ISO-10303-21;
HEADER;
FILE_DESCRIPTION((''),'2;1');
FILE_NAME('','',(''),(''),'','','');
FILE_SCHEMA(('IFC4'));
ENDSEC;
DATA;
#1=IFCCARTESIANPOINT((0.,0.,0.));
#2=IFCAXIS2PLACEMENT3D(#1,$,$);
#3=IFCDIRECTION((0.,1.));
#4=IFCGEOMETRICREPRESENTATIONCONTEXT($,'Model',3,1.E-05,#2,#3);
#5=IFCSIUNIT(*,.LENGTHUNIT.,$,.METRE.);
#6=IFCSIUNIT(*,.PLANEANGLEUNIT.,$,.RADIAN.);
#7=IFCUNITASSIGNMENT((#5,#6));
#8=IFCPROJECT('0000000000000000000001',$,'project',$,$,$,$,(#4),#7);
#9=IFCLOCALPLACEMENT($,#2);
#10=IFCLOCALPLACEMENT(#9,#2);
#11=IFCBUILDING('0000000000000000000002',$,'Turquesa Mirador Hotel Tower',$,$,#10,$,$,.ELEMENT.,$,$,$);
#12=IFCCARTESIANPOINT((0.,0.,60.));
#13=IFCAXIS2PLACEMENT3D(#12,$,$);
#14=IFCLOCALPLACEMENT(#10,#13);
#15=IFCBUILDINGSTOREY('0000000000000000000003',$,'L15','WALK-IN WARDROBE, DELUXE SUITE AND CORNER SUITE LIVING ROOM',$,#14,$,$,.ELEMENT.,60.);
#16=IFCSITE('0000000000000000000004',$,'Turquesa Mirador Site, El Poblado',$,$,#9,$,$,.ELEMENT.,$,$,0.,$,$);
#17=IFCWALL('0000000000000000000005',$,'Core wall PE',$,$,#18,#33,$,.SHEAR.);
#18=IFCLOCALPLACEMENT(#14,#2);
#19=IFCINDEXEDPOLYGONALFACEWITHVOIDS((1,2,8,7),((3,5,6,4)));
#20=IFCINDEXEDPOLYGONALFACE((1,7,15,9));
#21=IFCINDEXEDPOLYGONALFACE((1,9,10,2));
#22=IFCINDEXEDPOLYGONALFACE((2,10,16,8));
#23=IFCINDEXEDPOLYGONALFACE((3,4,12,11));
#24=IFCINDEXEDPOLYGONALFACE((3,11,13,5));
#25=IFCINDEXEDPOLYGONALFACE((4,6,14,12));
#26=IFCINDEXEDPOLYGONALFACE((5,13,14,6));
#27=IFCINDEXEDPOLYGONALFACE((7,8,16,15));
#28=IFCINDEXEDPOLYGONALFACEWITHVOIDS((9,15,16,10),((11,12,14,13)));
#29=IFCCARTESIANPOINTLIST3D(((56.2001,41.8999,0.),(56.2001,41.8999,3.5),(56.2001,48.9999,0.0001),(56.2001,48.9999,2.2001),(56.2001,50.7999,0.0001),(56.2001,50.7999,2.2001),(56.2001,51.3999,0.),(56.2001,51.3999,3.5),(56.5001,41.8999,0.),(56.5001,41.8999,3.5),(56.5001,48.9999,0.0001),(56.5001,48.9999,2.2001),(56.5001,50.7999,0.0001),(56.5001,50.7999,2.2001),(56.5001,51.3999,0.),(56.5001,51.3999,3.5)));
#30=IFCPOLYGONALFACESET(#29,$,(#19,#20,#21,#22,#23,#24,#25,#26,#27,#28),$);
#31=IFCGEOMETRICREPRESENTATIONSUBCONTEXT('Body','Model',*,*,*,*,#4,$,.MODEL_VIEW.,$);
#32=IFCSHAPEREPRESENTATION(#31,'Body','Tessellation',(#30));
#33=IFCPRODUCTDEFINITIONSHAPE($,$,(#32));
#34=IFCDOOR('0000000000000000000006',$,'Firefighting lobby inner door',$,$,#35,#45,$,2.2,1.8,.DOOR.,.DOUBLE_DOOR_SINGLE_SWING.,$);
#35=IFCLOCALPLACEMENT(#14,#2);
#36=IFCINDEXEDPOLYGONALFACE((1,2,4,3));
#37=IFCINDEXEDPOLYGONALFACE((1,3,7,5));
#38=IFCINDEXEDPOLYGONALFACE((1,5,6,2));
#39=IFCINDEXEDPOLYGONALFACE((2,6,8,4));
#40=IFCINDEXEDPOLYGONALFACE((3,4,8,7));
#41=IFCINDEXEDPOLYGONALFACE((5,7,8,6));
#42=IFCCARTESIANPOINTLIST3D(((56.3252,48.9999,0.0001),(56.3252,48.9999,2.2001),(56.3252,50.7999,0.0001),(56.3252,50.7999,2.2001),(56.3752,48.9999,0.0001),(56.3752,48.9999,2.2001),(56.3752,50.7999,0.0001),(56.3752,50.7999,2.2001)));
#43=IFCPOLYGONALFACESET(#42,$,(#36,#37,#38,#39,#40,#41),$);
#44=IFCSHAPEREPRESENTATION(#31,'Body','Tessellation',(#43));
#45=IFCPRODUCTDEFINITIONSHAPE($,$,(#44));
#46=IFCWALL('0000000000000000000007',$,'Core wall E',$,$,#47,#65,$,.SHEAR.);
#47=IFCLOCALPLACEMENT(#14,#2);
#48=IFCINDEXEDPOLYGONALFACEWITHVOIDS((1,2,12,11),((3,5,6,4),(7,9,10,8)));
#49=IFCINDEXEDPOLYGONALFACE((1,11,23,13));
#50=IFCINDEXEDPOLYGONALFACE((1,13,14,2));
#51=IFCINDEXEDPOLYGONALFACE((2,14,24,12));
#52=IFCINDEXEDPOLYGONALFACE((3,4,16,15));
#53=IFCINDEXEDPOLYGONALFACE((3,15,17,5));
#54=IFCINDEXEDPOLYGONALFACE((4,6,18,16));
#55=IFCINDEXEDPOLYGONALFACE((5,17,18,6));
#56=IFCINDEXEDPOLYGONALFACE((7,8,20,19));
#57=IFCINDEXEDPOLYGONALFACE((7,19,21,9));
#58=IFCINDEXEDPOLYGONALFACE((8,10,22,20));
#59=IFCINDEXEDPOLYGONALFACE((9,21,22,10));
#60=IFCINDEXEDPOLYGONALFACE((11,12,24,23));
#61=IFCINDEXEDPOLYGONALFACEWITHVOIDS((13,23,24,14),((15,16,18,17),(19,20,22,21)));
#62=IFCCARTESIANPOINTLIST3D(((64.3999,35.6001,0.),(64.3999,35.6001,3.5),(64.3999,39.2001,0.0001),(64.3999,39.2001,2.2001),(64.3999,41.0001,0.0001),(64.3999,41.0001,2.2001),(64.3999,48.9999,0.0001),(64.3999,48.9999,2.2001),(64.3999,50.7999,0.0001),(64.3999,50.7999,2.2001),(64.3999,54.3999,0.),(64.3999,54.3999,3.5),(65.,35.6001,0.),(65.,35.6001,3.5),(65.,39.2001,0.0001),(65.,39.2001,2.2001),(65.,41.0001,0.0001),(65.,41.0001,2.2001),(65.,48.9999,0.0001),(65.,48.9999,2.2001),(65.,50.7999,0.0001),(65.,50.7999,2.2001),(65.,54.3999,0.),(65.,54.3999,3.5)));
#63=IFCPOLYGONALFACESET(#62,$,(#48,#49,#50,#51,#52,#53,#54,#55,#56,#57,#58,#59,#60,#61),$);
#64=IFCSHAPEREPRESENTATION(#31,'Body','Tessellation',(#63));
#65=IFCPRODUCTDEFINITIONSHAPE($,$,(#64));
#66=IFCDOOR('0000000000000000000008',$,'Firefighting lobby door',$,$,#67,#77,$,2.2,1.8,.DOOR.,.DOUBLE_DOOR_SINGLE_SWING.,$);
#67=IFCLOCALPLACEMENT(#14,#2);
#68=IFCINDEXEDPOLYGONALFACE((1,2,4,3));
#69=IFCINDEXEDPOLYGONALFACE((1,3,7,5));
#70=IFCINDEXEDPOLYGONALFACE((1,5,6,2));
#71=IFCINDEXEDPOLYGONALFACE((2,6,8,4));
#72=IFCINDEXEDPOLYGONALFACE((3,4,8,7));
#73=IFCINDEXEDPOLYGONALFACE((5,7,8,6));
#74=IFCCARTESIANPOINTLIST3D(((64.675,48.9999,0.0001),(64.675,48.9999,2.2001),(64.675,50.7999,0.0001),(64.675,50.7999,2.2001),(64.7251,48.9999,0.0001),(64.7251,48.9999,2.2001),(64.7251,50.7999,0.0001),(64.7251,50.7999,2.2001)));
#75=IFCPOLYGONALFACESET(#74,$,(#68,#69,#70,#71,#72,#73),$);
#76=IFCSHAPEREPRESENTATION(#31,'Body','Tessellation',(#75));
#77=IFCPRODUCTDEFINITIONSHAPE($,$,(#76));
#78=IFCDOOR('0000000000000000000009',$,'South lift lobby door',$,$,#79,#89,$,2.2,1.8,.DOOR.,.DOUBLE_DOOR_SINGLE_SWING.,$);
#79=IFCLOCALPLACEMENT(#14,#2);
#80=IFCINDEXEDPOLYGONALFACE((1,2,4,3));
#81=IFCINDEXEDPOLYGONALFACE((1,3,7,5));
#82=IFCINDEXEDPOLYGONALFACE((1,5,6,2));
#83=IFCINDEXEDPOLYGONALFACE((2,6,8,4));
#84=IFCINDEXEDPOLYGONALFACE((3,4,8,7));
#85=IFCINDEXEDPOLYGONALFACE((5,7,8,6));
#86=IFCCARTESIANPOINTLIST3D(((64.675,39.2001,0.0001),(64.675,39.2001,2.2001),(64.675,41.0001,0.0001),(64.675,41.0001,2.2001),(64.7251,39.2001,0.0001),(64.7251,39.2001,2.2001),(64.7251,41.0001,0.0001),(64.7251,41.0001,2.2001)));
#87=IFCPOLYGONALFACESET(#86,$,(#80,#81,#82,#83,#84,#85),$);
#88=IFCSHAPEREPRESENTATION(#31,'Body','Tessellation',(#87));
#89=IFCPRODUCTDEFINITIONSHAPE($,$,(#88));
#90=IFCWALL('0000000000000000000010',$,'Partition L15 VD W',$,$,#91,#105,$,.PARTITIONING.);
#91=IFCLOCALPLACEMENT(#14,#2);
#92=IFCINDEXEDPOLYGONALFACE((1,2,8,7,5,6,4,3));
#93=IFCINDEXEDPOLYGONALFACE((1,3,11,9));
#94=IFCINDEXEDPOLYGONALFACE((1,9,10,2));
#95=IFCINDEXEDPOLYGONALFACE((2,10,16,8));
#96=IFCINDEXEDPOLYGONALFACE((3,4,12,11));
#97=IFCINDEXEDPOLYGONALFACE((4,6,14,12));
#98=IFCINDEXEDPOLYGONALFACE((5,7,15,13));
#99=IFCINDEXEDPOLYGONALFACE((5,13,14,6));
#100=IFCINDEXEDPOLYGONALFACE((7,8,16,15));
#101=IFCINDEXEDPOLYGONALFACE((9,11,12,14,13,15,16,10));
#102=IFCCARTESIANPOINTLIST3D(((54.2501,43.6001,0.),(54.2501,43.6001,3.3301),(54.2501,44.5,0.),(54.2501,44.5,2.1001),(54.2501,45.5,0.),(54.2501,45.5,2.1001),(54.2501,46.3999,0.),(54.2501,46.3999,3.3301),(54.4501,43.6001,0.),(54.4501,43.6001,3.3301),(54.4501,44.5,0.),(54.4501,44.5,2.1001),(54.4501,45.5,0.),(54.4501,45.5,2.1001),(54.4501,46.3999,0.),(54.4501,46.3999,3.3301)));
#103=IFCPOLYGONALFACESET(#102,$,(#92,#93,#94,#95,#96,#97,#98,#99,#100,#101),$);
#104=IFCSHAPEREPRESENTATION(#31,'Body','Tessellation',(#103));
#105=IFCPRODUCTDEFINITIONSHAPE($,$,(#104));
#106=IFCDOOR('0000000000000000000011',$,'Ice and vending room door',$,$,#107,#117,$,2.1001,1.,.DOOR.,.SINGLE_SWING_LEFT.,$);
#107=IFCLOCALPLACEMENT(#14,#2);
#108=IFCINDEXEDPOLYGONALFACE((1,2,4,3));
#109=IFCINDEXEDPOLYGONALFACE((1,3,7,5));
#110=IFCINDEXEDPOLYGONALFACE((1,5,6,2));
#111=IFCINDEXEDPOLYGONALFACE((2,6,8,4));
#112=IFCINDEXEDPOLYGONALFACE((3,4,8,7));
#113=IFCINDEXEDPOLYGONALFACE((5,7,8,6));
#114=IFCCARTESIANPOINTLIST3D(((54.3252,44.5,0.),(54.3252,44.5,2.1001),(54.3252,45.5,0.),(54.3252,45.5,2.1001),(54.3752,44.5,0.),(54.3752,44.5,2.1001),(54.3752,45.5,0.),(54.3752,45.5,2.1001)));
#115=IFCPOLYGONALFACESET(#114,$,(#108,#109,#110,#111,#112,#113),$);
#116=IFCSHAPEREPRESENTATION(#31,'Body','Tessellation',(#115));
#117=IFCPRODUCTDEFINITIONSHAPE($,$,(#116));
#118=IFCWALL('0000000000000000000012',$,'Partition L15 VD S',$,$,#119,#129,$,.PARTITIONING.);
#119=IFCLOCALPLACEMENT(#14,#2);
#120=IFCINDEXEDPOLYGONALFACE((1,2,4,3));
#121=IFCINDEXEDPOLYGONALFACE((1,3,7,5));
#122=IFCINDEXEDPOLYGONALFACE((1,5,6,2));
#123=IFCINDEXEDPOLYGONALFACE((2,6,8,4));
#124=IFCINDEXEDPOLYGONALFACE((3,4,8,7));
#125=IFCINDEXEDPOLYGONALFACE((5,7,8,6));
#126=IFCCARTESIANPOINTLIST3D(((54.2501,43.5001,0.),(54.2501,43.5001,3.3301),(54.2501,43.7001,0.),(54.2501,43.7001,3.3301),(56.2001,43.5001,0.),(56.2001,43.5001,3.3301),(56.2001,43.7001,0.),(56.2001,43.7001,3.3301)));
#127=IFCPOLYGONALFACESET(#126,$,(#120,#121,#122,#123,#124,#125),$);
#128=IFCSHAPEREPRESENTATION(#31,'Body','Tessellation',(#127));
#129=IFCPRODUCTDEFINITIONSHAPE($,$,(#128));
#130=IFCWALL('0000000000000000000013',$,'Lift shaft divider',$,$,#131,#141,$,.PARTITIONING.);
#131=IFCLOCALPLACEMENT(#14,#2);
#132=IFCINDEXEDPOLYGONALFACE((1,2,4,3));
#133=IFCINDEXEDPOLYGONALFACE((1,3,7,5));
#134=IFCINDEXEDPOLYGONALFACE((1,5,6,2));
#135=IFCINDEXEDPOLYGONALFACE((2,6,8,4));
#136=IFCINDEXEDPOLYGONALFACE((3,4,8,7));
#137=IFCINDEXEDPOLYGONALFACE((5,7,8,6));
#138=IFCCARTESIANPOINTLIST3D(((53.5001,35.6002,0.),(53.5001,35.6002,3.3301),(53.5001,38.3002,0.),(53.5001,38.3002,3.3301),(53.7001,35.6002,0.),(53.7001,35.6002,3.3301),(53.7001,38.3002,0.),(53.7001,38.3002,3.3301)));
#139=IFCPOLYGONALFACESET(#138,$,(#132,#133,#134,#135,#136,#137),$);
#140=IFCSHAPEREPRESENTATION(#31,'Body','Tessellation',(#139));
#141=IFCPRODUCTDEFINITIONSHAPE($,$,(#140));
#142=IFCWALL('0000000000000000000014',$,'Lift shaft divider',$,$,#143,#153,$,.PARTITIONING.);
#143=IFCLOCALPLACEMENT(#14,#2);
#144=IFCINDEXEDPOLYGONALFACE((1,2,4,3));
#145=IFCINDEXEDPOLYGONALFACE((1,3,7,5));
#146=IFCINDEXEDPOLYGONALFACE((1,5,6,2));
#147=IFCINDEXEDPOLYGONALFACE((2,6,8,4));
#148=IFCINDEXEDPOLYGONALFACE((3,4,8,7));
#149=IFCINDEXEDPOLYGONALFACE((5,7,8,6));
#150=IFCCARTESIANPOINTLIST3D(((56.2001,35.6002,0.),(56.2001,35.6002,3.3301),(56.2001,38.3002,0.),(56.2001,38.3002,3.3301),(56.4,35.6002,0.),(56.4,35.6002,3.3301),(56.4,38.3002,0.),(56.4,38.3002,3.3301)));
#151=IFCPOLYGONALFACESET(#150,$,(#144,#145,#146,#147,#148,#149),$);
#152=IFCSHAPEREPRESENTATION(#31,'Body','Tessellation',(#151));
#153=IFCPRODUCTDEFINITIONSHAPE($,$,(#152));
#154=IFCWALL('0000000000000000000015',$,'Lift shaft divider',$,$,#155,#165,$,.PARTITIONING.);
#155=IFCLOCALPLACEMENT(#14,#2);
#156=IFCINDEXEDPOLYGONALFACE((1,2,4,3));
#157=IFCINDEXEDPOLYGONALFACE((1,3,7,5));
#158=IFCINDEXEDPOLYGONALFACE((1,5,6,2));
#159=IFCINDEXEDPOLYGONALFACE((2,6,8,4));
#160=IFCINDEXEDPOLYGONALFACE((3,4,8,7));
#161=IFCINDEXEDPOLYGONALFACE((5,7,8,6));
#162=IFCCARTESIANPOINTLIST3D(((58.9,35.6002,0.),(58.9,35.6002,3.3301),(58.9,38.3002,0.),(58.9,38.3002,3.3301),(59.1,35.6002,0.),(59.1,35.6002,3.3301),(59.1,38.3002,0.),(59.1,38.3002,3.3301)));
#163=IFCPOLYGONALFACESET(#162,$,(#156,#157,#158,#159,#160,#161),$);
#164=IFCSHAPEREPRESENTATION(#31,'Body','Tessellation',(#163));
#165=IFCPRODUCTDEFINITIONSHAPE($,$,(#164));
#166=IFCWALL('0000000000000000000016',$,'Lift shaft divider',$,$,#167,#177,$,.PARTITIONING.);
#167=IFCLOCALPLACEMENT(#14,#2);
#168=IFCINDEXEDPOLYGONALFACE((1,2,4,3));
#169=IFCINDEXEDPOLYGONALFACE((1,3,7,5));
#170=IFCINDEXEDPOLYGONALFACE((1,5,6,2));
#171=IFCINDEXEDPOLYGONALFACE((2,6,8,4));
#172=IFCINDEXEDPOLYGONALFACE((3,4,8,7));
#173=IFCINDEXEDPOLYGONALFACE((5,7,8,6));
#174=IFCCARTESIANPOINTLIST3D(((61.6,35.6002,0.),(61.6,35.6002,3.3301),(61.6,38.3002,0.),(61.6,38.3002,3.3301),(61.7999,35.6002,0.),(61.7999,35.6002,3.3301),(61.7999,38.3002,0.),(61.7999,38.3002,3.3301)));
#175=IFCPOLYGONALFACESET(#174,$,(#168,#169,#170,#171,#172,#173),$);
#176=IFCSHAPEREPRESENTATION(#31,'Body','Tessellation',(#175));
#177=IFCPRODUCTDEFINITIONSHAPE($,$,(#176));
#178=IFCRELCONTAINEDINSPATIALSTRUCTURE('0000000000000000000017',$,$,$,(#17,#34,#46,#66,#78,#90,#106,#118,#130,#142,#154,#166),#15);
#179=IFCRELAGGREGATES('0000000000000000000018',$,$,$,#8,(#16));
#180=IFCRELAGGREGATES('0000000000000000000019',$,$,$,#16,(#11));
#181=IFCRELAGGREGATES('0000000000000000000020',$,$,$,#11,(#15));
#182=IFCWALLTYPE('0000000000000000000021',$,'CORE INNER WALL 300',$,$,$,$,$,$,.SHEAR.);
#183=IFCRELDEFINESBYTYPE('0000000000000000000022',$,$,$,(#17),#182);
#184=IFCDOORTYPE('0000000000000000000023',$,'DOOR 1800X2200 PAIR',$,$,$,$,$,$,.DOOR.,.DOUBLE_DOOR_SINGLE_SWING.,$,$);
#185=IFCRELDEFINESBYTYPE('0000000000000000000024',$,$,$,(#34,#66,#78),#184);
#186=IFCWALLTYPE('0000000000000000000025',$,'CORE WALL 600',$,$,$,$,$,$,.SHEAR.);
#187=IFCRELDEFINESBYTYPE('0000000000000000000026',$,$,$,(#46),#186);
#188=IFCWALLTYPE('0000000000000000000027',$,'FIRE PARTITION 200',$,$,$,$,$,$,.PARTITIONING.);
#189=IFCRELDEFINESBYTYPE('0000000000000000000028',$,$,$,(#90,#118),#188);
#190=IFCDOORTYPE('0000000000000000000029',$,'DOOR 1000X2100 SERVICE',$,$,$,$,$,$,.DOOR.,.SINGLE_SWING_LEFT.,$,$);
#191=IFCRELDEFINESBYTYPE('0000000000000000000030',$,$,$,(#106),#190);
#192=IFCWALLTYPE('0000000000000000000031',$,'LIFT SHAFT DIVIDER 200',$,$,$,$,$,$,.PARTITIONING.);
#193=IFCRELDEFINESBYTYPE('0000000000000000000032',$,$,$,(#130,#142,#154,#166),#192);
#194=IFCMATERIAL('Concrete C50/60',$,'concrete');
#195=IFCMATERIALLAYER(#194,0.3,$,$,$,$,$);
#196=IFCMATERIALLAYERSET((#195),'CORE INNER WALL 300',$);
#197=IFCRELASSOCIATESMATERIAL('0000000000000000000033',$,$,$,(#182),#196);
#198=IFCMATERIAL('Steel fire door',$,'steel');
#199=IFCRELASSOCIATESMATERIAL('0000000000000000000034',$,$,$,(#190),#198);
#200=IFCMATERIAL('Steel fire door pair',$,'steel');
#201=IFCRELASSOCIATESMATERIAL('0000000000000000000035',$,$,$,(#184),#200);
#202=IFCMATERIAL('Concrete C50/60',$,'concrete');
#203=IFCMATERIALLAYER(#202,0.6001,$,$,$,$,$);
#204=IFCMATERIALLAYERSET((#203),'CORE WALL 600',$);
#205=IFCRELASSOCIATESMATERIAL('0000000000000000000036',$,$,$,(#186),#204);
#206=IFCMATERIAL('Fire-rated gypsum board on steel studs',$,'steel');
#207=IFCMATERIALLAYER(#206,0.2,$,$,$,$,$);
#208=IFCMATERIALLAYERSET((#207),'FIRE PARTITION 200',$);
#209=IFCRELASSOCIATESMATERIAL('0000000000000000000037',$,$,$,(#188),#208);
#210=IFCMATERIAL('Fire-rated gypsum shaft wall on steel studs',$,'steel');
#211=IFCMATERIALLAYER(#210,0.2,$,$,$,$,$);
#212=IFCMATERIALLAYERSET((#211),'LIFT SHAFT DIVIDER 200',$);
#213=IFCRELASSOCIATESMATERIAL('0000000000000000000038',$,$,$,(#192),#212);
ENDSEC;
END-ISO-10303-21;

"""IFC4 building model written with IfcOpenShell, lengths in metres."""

from ifc_helpers import new_model, si_unit, direction, frame, frame_2d, origin, place, context, subcontext, project, spatial, rectangle, extrude, material, layer, layer_set, type_object, element, fill, save


model = new_model("IFC4")

# Units and contexts
model_context = context("Model", 3, precision=1e-05, world=origin(), true_north=direction((0.0, 1.0)))
body_context = subcontext(model_context, "Body", "Model", "MODEL_VIEW")
ifc_project = project(units=[si_unit("LENGTHUNIT", "METRE"), si_unit("PLANEANGLEUNIT", "RADIAN")], contexts=[model_context])

# Site, building, storey
site_placement = place(None, origin())
site = spatial("IfcSite", under=ifc_project, at=site_placement, Name="Turquesa Mirador Site, El Poblado", CompositionType="ELEMENT", RefElevation=0.0)
building_placement = place(site_placement, origin())
building = spatial("IfcBuilding", under=site, at=building_placement, Name="Turquesa Mirador Hotel Tower", CompositionType="ELEMENT")
storey_placement = place(building_placement, frame((0.0, 0.0, 60.0)))
storey = spatial("IfcBuildingStorey", under=building, at=storey_placement, Name="L15", Description="WALK-IN WARDROBE, DELUXE SUITE AND CORNER SUITE LIVING ROOM", CompositionType="ELEMENT", Elevation=60.0)

# Wall, opening, door
ifc_material_1 = material(Name="Concrete C50/60", Category="concrete")
ifc_layer_1 = layer(ifc_material_1, 0.3)
ifc_layer_set_1 = layer_set([ifc_layer_1], Name="CORE INNER WALL 300")
wall_type_1 = type_object("IfcWallType", Name="CORE INNER WALL 300", PredefinedType="SHEAR", material=ifc_layer_set_1)
ifc_material_2 = material(Name="Steel fire door", Category="steel")
door_type_1 = type_object("IfcDoorType", Name="DOOR 1000X2100 SERVICE", OperationType="SINGLE_SWING_LEFT", PredefinedType="DOOR", material=ifc_material_2)
wall_1_placement = place(storey_placement, frame((56.3501, 41.8999, 0.0), z_axis=(0.0, 0.0, 1.0), x_axis=(0.0, 1.0, 0.0)))
wall_1 = element("IfcWall", 1, at=wall_1_placement, inside=storey, type_object=wall_type_1, Name="Core wall PE", PredefinedType="SHEAR", context=body_context, shape_type="SweptSolid", body=[
    extrude(rectangle(XDim=9.5, YDim=0.3, at=frame_2d((4.75, 0.0))), origin(), (0.0, 0.0, 1.0), 3.5),
])
opening_1_placement = place(wall_1_placement, frame((7.1001, 0.0, 0.0)))
opening_1 = element("IfcOpeningElement", 2, at=opening_1_placement, cuts=wall_1, PredefinedType="OPENING", context=body_context, shape_type="SweptSolid", body=[
    extrude(rectangle(XDim=1.8, YDim=2.2, at=frame_2d((0.8999, 1.1001))), frame((0.0, 0.1599, 0.0), z_axis=(0.0, -1.0, 0.0), x_axis=(1.0, 0.0, 0.0)), (0.0, 0.0, 1.0), 0.3201),
])
ifc_material_3 = material(Name="Steel fire door pair", Category="steel")
door_type_2 = type_object("IfcDoorType", Name="DOOR 1800X2200 PAIR", OperationType="DOUBLE_DOOR_SINGLE_SWING", PredefinedType="DOOR", material=ifc_material_3)
door_1_placement = place(opening_1_placement, origin())
door_1 = element("IfcDoor", 3, at=door_1_placement, inside=storey, type_object=door_type_2, Name="Firefighting lobby inner door", OperationType="DOUBLE_DOOR_SINGLE_SWING", OverallHeight=2.2, OverallWidth=1.8, PredefinedType="DOOR", context=body_context, shape_type="SweptSolid", body=[
    extrude(rectangle(XDim=1.8, YDim=2.2, at=frame_2d((0.8999, 1.1001))), frame((0.0, 0.0249, 0.0), z_axis=(0.0, -1.0, 0.0), x_axis=(1.0, 0.0, 0.0)), (0.0, 0.0, 1.0), 0.05),
])
fill(opening_1, door_1)

# Wall, openings, doors
ifc_material_4 = material(Name="Concrete C50/60", Category="concrete")
ifc_layer_2 = layer(ifc_material_4, 0.6001)
ifc_layer_set_2 = layer_set([ifc_layer_2], Name="CORE WALL 600")
wall_type_2 = type_object("IfcWallType", Name="CORE WALL 600", PredefinedType="SHEAR", material=ifc_layer_set_2)
wall_2_placement = place(storey_placement, frame((64.7, 35.6001, 0.0), z_axis=(0.0, 0.0, 1.0), x_axis=(0.0, 1.0, 0.0)))
wall_2 = element("IfcWall", 4, at=wall_2_placement, inside=storey, type_object=wall_type_2, Name="Core wall E", PredefinedType="SHEAR", context=body_context, shape_type="SweptSolid", body=[
    extrude(rectangle(XDim=18.7998, YDim=0.6001, at=frame_2d((9.3999, 0.0))), origin(), (0.0, 0.0, 1.0), 3.5),
])
opening_2_placement = place(wall_2_placement, frame((13.3999, 0.0, 0.0)))
opening_2 = element("IfcOpeningElement", 5, at=opening_2_placement, cuts=wall_2, PredefinedType="OPENING", context=body_context, shape_type="SweptSolid", body=[
    extrude(rectangle(XDim=1.8, YDim=2.2, at=frame_2d((0.8999, 1.1001))), frame((0.0, 0.3101, 0.0), z_axis=(0.0, -1.0, 0.0), x_axis=(1.0, 0.0, 0.0)), (0.0, 0.0, 1.0), 0.6201),
])
opening_3_placement = place(wall_2_placement, frame((3.6001, 0.0, 0.0)))
opening_3 = element("IfcOpeningElement", 6, at=opening_3_placement, cuts=wall_2, PredefinedType="OPENING", context=body_context, shape_type="SweptSolid", body=[
    extrude(rectangle(XDim=1.8, YDim=2.2, at=frame_2d((0.8999, 1.1001))), frame((0.0, 0.3101, 0.0), z_axis=(0.0, -1.0, 0.0), x_axis=(1.0, 0.0, 0.0)), (0.0, 0.0, 1.0), 0.6201),
])
door_2_placement = place(opening_2_placement, origin())
door_2 = element("IfcDoor", 7, at=door_2_placement, inside=storey, type_object=door_type_2, Name="Firefighting lobby door", OperationType="DOUBLE_DOOR_SINGLE_SWING", OverallHeight=2.2, OverallWidth=1.8, PredefinedType="DOOR", context=body_context, shape_type="SweptSolid", body=[
    extrude(rectangle(XDim=1.8, YDim=2.2, at=frame_2d((0.8999, 1.1001))), frame((0.0, 0.0249, 0.0), z_axis=(0.0, -1.0, 0.0), x_axis=(1.0, 0.0, 0.0)), (0.0, 0.0, 1.0), 0.05),
])
fill(opening_2, door_2)
door_3_placement = place(opening_3_placement, origin())
door_3 = element("IfcDoor", 8, at=door_3_placement, inside=storey, type_object=door_type_2, Name="South lift lobby door", OperationType="DOUBLE_DOOR_SINGLE_SWING", OverallHeight=2.2, OverallWidth=1.8, PredefinedType="DOOR", context=body_context, shape_type="SweptSolid", body=[
    extrude(rectangle(XDim=1.8, YDim=2.2, at=frame_2d((0.8999, 1.1001))), frame((0.0, 0.0249, 0.0), z_axis=(0.0, -1.0, 0.0), x_axis=(1.0, 0.0, 0.0)), (0.0, 0.0, 1.0), 0.05),
])
fill(opening_3, door_3)

# Wall, opening, door
ifc_material_5 = material(Name="Fire-rated gypsum board on steel studs", Category="steel")
ifc_layer_3 = layer(ifc_material_5, 0.2)
ifc_layer_set_3 = layer_set([ifc_layer_3], Name="FIRE PARTITION 200")
wall_type_3 = type_object("IfcWallType", Name="FIRE PARTITION 200", PredefinedType="PARTITIONING", material=ifc_layer_set_3)
wall_3_placement = place(storey_placement, frame((54.3501, 43.6001, 0.0), z_axis=(0.0, 0.0, 1.0), x_axis=(0.0, 1.0, 0.0)))
wall_3 = element("IfcWall", 9, at=wall_3_placement, inside=storey, type_object=wall_type_3, Name="Partition L15 VD W", PredefinedType="PARTITIONING", context=body_context, shape_type="SweptSolid", body=[
    extrude(rectangle(XDim=2.7998, YDim=0.2, at=frame_2d((1.3999, 0.0))), origin(), (0.0, 0.0, 1.0), 3.3301),
])
opening_4_placement = place(wall_3_placement, frame((0.8999, 0.0, 0.0)))
opening_4 = element("IfcOpeningElement", 10, at=opening_4_placement, cuts=wall_3, PredefinedType="OPENING", context=body_context, shape_type="SweptSolid", body=[
    extrude(rectangle(XDim=1.0, YDim=2.1001, at=frame_2d((0.5, 1.05))), frame((0.0, 0.1099, 0.0), z_axis=(0.0, -1.0, 0.0), x_axis=(1.0, 0.0, 0.0)), (0.0, 0.0, 1.0), 0.22),
])
door_4_placement = place(opening_4_placement, origin())
door_4 = element("IfcDoor", 11, at=door_4_placement, inside=storey, type_object=door_type_1, Name="Ice and vending room door", OperationType="SINGLE_SWING_LEFT", OverallHeight=2.1001, OverallWidth=1.0, PredefinedType="DOOR", context=body_context, shape_type="SweptSolid", body=[
    extrude(rectangle(XDim=1.0, YDim=2.1001, at=frame_2d((0.5, 1.05))), frame((0.0, 0.0249, 0.0), z_axis=(0.0, -1.0, 0.0), x_axis=(1.0, 0.0, 0.0)), (0.0, 0.0, 1.0), 0.05),
])
fill(opening_4, door_4)

# Walls
wall_4_placement = place(storey_placement, frame((54.25, 43.6001, 0.0), z_axis=(0.0, 0.0, 1.0), x_axis=(1.0, 0.0, 0.0)))
element("IfcWall", 12, at=wall_4_placement, inside=storey, type_object=wall_type_3, Name="Partition L15 VD S", PredefinedType="PARTITIONING", context=body_context, shape_type="SweptSolid", body=[
    extrude(rectangle(XDim=1.95, YDim=0.2, at=frame_2d((0.9751, 0.0))), origin(), (0.0, 0.0, 1.0), 3.3301),
])
ifc_material_6 = material(Name="Fire-rated gypsum shaft wall on steel studs", Category="steel")
ifc_layer_4 = layer(ifc_material_6, 0.2)
ifc_layer_set_4 = layer_set([ifc_layer_4], Name="LIFT SHAFT DIVIDER 200")
wall_type_4 = type_object("IfcWallType", Name="LIFT SHAFT DIVIDER 200", PredefinedType="PARTITIONING", material=ifc_layer_set_4)
for number, where, z_axis, x_axis, name in (
    (13, (53.6001, 35.6001, 0.0), (0.0, 0.0, 1.0), (0.0, 1.0, 0.0), "Lift shaft divider"),
    (14, (56.3, 35.6001, 0.0), (0.0, 0.0, 1.0), (0.0, 1.0, 0.0), "Lift shaft divider"),
    (15, (59.0, 35.6001, 0.0), (0.0, 0.0, 1.0), (0.0, 1.0, 0.0), "Lift shaft divider"),
    (16, (61.7, 35.6001, 0.0), (0.0, 0.0, 1.0), (0.0, 1.0, 0.0), "Lift shaft divider"),
):
    element("IfcWall", number, at=place(storey_placement, frame(where, z_axis=z_axis, x_axis=x_axis)), inside=storey, type_object=wall_type_4, Name=name, PredefinedType="PARTITIONING", context=body_context, shape_type="SweptSolid", body=[
        extrude(rectangle(XDim=2.7, YDim=0.2, at=frame_2d((1.3501, 0.0))), origin(), (0.0, 0.0, 1.0), 3.3301),
    ])

save(model, "model.ifc")
